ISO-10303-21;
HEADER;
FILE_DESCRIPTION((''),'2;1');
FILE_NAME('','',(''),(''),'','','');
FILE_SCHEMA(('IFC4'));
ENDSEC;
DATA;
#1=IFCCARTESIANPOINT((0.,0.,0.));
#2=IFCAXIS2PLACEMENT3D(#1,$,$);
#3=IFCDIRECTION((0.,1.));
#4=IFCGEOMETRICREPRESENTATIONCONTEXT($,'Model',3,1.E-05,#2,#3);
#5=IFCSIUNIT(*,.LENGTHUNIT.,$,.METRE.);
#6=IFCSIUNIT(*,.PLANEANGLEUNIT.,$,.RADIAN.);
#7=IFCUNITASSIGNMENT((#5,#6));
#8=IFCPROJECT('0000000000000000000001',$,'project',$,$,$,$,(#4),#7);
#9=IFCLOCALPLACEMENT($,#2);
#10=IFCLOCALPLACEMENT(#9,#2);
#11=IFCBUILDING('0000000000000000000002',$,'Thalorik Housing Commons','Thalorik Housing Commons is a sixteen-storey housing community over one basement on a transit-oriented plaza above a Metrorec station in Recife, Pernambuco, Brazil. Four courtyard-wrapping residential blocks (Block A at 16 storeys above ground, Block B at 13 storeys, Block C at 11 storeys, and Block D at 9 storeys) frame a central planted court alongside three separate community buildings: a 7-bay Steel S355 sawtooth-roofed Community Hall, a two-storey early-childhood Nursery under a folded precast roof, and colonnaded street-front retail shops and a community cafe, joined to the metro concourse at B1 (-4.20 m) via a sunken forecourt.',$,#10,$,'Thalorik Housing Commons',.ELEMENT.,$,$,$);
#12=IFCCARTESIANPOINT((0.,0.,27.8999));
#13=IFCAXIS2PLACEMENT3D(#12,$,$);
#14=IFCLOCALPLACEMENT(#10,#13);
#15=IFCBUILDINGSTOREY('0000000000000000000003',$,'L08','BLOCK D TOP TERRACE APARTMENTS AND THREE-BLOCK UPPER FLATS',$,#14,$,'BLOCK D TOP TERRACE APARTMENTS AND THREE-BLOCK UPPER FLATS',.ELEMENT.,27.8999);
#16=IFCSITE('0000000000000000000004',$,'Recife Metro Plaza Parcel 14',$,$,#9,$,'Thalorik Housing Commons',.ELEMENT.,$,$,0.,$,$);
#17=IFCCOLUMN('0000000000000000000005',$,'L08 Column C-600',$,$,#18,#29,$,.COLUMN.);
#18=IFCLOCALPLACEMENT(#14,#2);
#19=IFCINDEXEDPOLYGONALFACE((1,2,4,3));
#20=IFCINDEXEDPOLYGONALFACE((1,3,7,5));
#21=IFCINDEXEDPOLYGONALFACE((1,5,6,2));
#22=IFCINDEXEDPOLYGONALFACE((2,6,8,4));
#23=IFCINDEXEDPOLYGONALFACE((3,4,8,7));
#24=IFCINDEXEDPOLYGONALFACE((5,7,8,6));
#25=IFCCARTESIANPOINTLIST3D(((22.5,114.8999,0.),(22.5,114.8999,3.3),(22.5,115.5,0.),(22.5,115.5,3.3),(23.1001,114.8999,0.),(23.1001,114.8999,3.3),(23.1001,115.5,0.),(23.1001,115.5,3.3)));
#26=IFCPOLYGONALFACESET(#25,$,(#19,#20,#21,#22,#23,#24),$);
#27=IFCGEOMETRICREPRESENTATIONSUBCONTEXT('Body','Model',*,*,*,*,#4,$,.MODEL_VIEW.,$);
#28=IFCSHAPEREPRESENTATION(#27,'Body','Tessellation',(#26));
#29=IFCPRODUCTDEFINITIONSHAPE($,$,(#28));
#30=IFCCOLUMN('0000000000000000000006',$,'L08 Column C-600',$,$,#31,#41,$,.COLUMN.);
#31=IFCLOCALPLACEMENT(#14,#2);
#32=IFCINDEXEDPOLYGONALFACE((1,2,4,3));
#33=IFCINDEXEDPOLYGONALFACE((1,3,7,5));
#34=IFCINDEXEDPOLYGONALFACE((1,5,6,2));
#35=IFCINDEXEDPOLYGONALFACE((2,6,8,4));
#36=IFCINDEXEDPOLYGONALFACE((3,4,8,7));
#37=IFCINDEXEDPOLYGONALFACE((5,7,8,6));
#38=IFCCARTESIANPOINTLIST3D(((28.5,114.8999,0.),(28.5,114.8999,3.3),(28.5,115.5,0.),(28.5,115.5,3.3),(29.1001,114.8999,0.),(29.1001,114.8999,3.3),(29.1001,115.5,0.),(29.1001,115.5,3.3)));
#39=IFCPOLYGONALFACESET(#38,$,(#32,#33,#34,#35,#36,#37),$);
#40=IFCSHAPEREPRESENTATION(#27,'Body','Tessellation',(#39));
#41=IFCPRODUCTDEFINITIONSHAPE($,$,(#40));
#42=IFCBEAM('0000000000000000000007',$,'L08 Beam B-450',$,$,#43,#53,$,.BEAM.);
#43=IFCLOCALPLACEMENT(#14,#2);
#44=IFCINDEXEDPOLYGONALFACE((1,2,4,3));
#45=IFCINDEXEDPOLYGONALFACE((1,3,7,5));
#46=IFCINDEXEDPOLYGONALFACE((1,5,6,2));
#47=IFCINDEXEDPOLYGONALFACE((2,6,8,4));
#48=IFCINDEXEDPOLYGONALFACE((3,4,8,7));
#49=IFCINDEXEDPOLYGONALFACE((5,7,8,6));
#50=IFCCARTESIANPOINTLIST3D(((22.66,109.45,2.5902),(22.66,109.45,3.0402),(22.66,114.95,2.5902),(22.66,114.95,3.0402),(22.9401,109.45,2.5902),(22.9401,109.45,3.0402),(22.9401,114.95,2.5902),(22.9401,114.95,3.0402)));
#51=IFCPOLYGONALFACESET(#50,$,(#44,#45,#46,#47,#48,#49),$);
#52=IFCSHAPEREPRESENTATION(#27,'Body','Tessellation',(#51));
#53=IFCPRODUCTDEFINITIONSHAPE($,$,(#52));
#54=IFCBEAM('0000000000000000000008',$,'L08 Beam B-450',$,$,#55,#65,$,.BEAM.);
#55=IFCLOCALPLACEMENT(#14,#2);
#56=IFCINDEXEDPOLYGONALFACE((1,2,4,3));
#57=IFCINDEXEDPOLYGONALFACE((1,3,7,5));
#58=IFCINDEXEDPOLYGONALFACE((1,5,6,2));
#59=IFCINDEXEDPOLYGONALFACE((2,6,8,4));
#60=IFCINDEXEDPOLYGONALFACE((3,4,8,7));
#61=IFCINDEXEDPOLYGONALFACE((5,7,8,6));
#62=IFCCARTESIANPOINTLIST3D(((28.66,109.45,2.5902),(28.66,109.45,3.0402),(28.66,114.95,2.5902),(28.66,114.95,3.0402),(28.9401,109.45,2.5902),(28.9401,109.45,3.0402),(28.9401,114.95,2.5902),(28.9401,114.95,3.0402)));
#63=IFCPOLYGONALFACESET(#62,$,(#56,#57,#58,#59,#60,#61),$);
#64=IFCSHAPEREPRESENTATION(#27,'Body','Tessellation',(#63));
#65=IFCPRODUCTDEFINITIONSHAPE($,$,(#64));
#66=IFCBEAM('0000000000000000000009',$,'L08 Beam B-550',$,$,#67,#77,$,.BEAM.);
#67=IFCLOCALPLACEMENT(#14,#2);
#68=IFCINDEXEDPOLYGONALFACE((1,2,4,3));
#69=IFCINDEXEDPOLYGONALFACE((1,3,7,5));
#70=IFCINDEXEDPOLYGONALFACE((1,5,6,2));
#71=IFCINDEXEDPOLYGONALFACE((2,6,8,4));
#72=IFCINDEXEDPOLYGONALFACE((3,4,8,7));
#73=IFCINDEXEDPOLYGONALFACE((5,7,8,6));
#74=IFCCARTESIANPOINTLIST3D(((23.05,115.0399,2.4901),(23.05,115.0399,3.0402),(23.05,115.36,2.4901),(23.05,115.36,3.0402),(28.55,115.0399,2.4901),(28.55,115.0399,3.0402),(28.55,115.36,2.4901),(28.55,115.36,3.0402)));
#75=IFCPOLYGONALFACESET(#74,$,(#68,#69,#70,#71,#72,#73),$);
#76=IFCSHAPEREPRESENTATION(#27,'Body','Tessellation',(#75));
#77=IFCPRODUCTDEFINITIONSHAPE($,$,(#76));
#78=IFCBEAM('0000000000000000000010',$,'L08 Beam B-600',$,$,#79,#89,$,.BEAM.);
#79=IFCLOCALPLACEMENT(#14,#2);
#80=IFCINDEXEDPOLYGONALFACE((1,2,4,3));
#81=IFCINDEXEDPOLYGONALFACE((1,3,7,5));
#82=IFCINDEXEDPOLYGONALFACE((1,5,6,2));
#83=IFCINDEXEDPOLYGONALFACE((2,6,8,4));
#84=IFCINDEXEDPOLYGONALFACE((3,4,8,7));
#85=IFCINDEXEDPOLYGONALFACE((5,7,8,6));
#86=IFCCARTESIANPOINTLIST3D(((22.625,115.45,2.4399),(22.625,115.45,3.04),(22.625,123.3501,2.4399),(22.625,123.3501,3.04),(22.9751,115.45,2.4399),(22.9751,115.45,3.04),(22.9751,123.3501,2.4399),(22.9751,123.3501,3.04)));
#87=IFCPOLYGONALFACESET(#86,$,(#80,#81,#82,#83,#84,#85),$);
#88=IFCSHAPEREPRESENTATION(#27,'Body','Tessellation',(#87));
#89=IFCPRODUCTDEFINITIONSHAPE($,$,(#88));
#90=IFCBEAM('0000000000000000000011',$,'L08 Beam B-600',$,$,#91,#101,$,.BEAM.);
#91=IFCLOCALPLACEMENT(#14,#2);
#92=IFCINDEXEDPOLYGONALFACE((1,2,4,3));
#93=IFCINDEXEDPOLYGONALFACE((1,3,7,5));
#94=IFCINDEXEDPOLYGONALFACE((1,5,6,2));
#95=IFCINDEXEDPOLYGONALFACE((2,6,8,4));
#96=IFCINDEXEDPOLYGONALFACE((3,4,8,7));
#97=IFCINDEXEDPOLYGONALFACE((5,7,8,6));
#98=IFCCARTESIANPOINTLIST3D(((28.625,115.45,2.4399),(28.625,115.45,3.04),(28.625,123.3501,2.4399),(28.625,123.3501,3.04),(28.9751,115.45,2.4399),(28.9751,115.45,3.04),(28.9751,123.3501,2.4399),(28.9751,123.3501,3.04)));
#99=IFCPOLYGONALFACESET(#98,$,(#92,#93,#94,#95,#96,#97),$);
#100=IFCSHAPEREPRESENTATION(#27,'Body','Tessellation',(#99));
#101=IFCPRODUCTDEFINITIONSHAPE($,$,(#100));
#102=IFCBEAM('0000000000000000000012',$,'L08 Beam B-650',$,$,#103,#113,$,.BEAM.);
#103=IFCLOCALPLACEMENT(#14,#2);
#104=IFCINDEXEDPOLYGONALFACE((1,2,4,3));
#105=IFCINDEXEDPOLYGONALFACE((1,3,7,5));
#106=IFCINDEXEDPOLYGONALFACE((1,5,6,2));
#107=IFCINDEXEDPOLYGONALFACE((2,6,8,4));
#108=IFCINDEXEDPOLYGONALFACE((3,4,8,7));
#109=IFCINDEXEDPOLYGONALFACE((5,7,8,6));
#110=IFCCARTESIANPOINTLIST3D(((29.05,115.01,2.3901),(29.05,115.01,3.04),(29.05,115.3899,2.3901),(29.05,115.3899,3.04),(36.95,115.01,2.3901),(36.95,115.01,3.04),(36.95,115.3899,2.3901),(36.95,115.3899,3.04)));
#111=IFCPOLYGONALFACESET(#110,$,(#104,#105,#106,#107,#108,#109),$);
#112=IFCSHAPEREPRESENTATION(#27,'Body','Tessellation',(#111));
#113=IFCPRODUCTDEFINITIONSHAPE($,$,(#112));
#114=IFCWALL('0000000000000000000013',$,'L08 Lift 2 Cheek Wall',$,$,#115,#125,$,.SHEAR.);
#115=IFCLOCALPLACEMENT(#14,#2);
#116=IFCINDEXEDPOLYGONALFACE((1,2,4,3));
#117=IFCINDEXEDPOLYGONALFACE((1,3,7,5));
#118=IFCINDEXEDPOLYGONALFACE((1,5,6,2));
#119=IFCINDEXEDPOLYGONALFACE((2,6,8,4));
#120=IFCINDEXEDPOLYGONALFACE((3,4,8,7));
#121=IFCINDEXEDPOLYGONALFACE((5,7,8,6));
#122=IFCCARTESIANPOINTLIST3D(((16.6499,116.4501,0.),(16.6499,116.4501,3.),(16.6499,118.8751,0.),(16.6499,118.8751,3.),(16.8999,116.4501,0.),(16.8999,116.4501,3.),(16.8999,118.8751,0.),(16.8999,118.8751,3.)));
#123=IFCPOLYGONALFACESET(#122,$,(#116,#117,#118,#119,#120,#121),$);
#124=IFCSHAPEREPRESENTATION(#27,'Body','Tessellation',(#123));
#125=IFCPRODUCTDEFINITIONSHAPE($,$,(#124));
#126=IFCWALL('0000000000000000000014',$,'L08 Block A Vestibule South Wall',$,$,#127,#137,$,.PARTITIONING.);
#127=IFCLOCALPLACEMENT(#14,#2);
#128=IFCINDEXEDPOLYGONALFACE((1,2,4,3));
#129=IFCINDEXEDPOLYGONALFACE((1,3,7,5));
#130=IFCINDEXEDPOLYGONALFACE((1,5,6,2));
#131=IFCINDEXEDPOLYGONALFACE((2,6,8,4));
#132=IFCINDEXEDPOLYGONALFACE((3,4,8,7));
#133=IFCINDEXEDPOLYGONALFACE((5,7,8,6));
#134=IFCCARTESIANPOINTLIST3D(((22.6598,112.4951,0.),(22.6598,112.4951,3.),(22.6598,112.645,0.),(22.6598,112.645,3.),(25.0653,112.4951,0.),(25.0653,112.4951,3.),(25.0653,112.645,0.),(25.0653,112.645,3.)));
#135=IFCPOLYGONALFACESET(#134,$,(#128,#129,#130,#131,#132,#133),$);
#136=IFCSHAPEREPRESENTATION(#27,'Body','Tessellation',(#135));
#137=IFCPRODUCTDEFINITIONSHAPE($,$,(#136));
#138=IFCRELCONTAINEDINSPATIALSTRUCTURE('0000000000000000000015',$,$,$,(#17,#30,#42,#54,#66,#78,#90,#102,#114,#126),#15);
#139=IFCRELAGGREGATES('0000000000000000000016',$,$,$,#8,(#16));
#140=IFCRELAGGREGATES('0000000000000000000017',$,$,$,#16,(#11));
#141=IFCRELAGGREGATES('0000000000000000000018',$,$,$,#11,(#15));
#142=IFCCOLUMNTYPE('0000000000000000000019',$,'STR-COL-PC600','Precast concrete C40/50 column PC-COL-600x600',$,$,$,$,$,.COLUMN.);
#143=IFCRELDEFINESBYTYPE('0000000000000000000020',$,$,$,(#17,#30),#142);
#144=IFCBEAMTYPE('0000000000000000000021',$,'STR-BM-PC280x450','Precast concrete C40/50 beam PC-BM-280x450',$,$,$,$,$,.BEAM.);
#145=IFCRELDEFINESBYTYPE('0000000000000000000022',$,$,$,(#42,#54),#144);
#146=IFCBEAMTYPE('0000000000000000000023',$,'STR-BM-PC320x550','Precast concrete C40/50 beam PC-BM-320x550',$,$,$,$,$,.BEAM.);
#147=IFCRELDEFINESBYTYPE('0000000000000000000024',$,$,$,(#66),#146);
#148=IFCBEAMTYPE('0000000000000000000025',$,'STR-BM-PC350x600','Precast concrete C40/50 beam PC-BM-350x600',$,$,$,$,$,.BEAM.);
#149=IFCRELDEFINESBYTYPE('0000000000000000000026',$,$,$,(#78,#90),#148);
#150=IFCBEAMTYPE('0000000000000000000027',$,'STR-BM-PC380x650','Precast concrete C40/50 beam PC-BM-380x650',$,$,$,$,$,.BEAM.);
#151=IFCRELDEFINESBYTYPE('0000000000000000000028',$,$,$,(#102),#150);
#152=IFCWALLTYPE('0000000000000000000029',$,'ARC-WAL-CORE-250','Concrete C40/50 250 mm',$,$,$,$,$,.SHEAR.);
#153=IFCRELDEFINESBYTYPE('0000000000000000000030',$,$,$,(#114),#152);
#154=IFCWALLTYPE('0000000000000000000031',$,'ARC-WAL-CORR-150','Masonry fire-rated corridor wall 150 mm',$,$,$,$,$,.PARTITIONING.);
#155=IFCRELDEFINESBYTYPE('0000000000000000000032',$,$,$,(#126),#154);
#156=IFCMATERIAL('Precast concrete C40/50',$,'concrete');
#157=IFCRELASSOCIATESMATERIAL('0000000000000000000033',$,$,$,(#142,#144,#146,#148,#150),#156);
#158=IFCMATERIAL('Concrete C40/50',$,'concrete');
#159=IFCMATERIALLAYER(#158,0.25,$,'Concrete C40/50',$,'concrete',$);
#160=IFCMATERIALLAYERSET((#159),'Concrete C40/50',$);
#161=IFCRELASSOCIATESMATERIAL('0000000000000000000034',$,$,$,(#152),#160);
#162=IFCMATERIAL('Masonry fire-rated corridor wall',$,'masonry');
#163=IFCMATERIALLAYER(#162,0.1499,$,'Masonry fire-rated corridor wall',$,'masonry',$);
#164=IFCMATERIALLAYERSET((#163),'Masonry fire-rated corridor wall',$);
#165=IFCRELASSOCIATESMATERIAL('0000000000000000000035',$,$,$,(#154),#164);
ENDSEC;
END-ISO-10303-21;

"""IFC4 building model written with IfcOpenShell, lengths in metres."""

from ifc_helpers import new_model, si_unit, direction, frame, frame_2d, origin, origin_2d, place, context, subcontext, project, spatial, rectangle, extrude, material, layer, layer_set, material_profile, profile_set, type_object, element, save


model = new_model("IFC4")

# Units and contexts
model_context = context("Model", 3, precision=1e-05, world=origin(), true_north=direction((0.0, 1.0)))
body_context = subcontext(model_context, "Body", "Model", "MODEL_VIEW")
ifc_project = project(units=[si_unit("LENGTHUNIT", "METRE"), si_unit("PLANEANGLEUNIT", "RADIAN")], contexts=[model_context])

# Site, building, storey
site_placement = place(None, origin())
site = spatial("IfcSite", under=ifc_project, at=site_placement, Name="Recife Metro Plaza Parcel 14", LongName="Thalorik Housing Commons", CompositionType="ELEMENT", RefElevation=0.0)
building_placement = place(site_placement, origin())
building = spatial("IfcBuilding", under=site, at=building_placement, Name="Thalorik Housing Commons", Description="Thalorik Housing Commons is a sixteen-storey housing community over one basement on a transit-oriented plaza above a Metrorec station in Recife, Pernambuco, Brazil. Four courtyard-wrapping residential blocks (Block A at 16 storeys above ground, Block B at 13 storeys, Block C at 11 storeys, and Block D at 9 storeys) frame a central planted court alongside three separate community buildings: a 7-bay Steel S355 sawtooth-roofed Community Hall, a two-storey early-childhood Nursery under a folded precast roof, and colonnaded street-front retail shops and a community cafe, joined to the metro concourse at B1 (-4.20 m) via a sunken forecourt.", LongName="Thalorik Housing Commons", CompositionType="ELEMENT")
storey_placement = place(building_placement, frame((0.0, 0.0, 27.8999)))
storey = spatial("IfcBuildingStorey", under=building, at=storey_placement, Name="L08", Description="BLOCK D TOP TERRACE APARTMENTS AND THREE-BLOCK UPPER FLATS", LongName="BLOCK D TOP TERRACE APARTMENTS AND THREE-BLOCK UPPER FLATS", CompositionType="ELEMENT", Elevation=27.8999)

# Columns
ifc_material_1 = material(Name="Precast concrete C40/50", Category="concrete")
ifc_material_profile_1 = material_profile(ifc_material_1, rectangle(XDim=0.6001, YDim=0.6001, at=origin_2d()), Name="PC 600x600", Category="concrete")
ifc_profile_set_1 = profile_set([ifc_material_profile_1], Name="Precast concrete C40/50")
column_type = type_object("IfcColumnType", Name="STR-COL-PC600", Description="Precast concrete C40/50 column PC-COL-600x600", PredefinedType="COLUMN", material=ifc_profile_set_1)
for number, where, z_axis, x_axis, name in (
    (1, (22.8, 115.2, 0.0), (0.0, 0.0, 1.0), (1.0, 0.0, 0.0), "L08 Column C-600"),
    (2, (28.8, 115.2, 0.0), (0.0, 0.0, 1.0), (1.0, 0.0, 0.0), "L08 Column C-600"),
):
    element("IfcColumn", number, at=place(storey_placement, frame(where, z_axis=z_axis, x_axis=x_axis)), inside=storey, type_object=column_type, Name=name, PredefinedType="COLUMN", context=body_context, shape_type="SweptSolid", body=[
        extrude(rectangle(XDim=0.6001, YDim=0.6001, at=origin_2d()), origin(), (0.0, 0.0, 1.0), 3.3),
    ])

# Beams
ifc_material_profile_2 = material_profile(ifc_material_1, rectangle(XDim=0.28, YDim=0.45, at=origin_2d()), Name="PC 280x450", Category="concrete")
ifc_profile_set_2 = profile_set([ifc_material_profile_2], Name="Precast concrete C40/50")
beam_type_1 = type_object("IfcBeamType", Name="STR-BM-PC280x450", Description="Precast concrete C40/50 beam PC-BM-280x450", PredefinedType="BEAM", material=ifc_profile_set_2)
for number, where, z_axis, x_axis, name in (
    (3, (22.8, 109.45, 2.8152), (0.0, 1.0, 0.0), (-1.0, 0.0, 0.0), "L08 Beam B-450"),
    (4, (28.8, 109.45, 2.8152), (0.0, 1.0, 0.0), (-1.0, 0.0, 0.0), "L08 Beam B-450"),
):
    element("IfcBeam", number, at=place(storey_placement, frame(where, z_axis=z_axis, x_axis=x_axis)), inside=storey, type_object=beam_type_1, Name=name, PredefinedType="BEAM", context=body_context, shape_type="SweptSolid", body=[
        extrude(rectangle(XDim=0.28, YDim=0.45, at=origin_2d()), origin(), (0.0, 0.0, 1.0), 5.5),
    ])
ifc_material_profile_3 = material_profile(ifc_material_1, rectangle(XDim=0.3201, YDim=0.55, at=origin_2d()), Name="PC 320x550", Category="concrete")
ifc_profile_set_3 = profile_set([ifc_material_profile_3], Name="Precast concrete C40/50")
beam_type_2 = type_object("IfcBeamType", Name="STR-BM-PC320x550", Description="Precast concrete C40/50 beam PC-BM-320x550", PredefinedType="BEAM", material=ifc_profile_set_3)
beam_1_placement = place(storey_placement, frame((23.05, 115.2, 2.7651), z_axis=(1.0, 0.0, 0.0), x_axis=(0.0, 1.0, 0.0)))
element("IfcBeam", 5, at=beam_1_placement, inside=storey, type_object=beam_type_2, Name="L08 Beam B-550", PredefinedType="BEAM", context=body_context, shape_type="SweptSolid", body=[
    extrude(rectangle(XDim=0.3201, YDim=0.55, at=origin_2d()), origin(), (0.0, 0.0, 1.0), 5.5),
])
ifc_material_profile_4 = material_profile(ifc_material_1, rectangle(XDim=0.3501, YDim=0.6001, at=origin_2d()), Name="PC 350x600", Category="concrete")
ifc_profile_set_4 = profile_set([ifc_material_profile_4], Name="Precast concrete C40/50")
beam_type_3 = type_object("IfcBeamType", Name="STR-BM-PC350x600", Description="Precast concrete C40/50 beam PC-BM-350x600", PredefinedType="BEAM", material=ifc_profile_set_4)
for number, where, z_axis, x_axis, name in (
    (6, (22.8, 115.45, 2.74), (0.0, 1.0, 0.0), (-1.0, 0.0, 0.0), "L08 Beam B-600"),
    (7, (28.8, 115.45, 2.74), (0.0, 1.0, 0.0), (-1.0, 0.0, 0.0), "L08 Beam B-600"),
):
    element("IfcBeam", number, at=place(storey_placement, frame(where, z_axis=z_axis, x_axis=x_axis)), inside=storey, type_object=beam_type_3, Name=name, PredefinedType="BEAM", context=body_context, shape_type="SweptSolid", body=[
        extrude(rectangle(XDim=0.3501, YDim=0.6001, at=origin_2d()), origin(), (0.0, 0.0, 1.0), 7.9001),
    ])
ifc_material_profile_5 = material_profile(ifc_material_1, rectangle(XDim=0.3799, YDim=0.6499, at=origin_2d()), Name="PC 380x650", Category="concrete")
ifc_profile_set_5 = profile_set([ifc_material_profile_5], Name="Precast concrete C40/50")
beam_type_4 = type_object("IfcBeamType", Name="STR-BM-PC380x650", Description="Precast concrete C40/50 beam PC-BM-380x650", PredefinedType="BEAM", material=ifc_profile_set_5)
beam_2_placement = place(storey_placement, frame((29.05, 115.2, 2.7151), z_axis=(1.0, 0.0, 0.0), x_axis=(0.0, 1.0, 0.0)))
element("IfcBeam", 8, at=beam_2_placement, inside=storey, type_object=beam_type_4, Name="L08 Beam B-650", PredefinedType="BEAM", context=body_context, shape_type="SweptSolid", body=[
    extrude(rectangle(XDim=0.3799, YDim=0.6499, at=origin_2d()), origin(), (0.0, 0.0, 1.0), 7.8999),
])

# Shared definitions
ifc_material_2 = material(Name="Concrete C40/50", Category="concrete")
ifc_layer_1 = layer(ifc_material_2, 0.25, Name="Concrete C40/50", Category="concrete")
ifc_layer_set_1 = layer_set([ifc_layer_1], Name="Concrete C40/50")
wall_type_1 = type_object("IfcWallType", Name="ARC-WAL-CORE-250", Description="Concrete C40/50 250 mm", PredefinedType="SHEAR", material=ifc_layer_set_1)

# Walls
wall_1_placement = place(storey_placement, frame((16.7749, 118.875, 0.0), z_axis=(0.0, 0.0, 1.0), x_axis=(0.0, -1.0, 0.0)))
element("IfcWall", 9, at=wall_1_placement, inside=storey, type_object=wall_type_1, Name="L08 Lift 2 Cheek Wall", PredefinedType="SHEAR", context=body_context, shape_type="SweptSolid", body=[
    extrude(rectangle(XDim=2.425, YDim=0.25, at=frame_2d((1.2124, 0.0))), origin(), (0.0, 0.0, 1.0), 3.0),
])
ifc_material_3 = material(Name="Masonry fire-rated corridor wall", Category="masonry")
ifc_layer_2 = layer(ifc_material_3, 0.1499, Name="Masonry fire-rated corridor wall", Category="masonry")
ifc_layer_set_2 = layer_set([ifc_layer_2], Name="Masonry fire-rated corridor wall")
wall_type_2 = type_object("IfcWallType", Name="ARC-WAL-CORR-150", Description="Masonry fire-rated corridor wall 150 mm", PredefinedType="PARTITIONING", material=ifc_layer_set_2)
wall_2_placement = place(storey_placement, frame((22.6599, 112.5701, 0.0), z_axis=(0.0, 0.0, 1.0), x_axis=(1.0, 0.0, 0.0)))
element("IfcWall", 10, at=wall_2_placement, inside=storey, type_object=wall_type_2, Name="L08 Block A Vestibule South Wall", PredefinedType="PARTITIONING", context=body_context, shape_type="SweptSolid", body=[
    extrude(rectangle(XDim=2.4055, YDim=0.1499, at=frame_2d((1.2026, 0.0))), origin(), (0.0, 0.0, 1.0), 3.0),
])

save(model, "model.ifc")
